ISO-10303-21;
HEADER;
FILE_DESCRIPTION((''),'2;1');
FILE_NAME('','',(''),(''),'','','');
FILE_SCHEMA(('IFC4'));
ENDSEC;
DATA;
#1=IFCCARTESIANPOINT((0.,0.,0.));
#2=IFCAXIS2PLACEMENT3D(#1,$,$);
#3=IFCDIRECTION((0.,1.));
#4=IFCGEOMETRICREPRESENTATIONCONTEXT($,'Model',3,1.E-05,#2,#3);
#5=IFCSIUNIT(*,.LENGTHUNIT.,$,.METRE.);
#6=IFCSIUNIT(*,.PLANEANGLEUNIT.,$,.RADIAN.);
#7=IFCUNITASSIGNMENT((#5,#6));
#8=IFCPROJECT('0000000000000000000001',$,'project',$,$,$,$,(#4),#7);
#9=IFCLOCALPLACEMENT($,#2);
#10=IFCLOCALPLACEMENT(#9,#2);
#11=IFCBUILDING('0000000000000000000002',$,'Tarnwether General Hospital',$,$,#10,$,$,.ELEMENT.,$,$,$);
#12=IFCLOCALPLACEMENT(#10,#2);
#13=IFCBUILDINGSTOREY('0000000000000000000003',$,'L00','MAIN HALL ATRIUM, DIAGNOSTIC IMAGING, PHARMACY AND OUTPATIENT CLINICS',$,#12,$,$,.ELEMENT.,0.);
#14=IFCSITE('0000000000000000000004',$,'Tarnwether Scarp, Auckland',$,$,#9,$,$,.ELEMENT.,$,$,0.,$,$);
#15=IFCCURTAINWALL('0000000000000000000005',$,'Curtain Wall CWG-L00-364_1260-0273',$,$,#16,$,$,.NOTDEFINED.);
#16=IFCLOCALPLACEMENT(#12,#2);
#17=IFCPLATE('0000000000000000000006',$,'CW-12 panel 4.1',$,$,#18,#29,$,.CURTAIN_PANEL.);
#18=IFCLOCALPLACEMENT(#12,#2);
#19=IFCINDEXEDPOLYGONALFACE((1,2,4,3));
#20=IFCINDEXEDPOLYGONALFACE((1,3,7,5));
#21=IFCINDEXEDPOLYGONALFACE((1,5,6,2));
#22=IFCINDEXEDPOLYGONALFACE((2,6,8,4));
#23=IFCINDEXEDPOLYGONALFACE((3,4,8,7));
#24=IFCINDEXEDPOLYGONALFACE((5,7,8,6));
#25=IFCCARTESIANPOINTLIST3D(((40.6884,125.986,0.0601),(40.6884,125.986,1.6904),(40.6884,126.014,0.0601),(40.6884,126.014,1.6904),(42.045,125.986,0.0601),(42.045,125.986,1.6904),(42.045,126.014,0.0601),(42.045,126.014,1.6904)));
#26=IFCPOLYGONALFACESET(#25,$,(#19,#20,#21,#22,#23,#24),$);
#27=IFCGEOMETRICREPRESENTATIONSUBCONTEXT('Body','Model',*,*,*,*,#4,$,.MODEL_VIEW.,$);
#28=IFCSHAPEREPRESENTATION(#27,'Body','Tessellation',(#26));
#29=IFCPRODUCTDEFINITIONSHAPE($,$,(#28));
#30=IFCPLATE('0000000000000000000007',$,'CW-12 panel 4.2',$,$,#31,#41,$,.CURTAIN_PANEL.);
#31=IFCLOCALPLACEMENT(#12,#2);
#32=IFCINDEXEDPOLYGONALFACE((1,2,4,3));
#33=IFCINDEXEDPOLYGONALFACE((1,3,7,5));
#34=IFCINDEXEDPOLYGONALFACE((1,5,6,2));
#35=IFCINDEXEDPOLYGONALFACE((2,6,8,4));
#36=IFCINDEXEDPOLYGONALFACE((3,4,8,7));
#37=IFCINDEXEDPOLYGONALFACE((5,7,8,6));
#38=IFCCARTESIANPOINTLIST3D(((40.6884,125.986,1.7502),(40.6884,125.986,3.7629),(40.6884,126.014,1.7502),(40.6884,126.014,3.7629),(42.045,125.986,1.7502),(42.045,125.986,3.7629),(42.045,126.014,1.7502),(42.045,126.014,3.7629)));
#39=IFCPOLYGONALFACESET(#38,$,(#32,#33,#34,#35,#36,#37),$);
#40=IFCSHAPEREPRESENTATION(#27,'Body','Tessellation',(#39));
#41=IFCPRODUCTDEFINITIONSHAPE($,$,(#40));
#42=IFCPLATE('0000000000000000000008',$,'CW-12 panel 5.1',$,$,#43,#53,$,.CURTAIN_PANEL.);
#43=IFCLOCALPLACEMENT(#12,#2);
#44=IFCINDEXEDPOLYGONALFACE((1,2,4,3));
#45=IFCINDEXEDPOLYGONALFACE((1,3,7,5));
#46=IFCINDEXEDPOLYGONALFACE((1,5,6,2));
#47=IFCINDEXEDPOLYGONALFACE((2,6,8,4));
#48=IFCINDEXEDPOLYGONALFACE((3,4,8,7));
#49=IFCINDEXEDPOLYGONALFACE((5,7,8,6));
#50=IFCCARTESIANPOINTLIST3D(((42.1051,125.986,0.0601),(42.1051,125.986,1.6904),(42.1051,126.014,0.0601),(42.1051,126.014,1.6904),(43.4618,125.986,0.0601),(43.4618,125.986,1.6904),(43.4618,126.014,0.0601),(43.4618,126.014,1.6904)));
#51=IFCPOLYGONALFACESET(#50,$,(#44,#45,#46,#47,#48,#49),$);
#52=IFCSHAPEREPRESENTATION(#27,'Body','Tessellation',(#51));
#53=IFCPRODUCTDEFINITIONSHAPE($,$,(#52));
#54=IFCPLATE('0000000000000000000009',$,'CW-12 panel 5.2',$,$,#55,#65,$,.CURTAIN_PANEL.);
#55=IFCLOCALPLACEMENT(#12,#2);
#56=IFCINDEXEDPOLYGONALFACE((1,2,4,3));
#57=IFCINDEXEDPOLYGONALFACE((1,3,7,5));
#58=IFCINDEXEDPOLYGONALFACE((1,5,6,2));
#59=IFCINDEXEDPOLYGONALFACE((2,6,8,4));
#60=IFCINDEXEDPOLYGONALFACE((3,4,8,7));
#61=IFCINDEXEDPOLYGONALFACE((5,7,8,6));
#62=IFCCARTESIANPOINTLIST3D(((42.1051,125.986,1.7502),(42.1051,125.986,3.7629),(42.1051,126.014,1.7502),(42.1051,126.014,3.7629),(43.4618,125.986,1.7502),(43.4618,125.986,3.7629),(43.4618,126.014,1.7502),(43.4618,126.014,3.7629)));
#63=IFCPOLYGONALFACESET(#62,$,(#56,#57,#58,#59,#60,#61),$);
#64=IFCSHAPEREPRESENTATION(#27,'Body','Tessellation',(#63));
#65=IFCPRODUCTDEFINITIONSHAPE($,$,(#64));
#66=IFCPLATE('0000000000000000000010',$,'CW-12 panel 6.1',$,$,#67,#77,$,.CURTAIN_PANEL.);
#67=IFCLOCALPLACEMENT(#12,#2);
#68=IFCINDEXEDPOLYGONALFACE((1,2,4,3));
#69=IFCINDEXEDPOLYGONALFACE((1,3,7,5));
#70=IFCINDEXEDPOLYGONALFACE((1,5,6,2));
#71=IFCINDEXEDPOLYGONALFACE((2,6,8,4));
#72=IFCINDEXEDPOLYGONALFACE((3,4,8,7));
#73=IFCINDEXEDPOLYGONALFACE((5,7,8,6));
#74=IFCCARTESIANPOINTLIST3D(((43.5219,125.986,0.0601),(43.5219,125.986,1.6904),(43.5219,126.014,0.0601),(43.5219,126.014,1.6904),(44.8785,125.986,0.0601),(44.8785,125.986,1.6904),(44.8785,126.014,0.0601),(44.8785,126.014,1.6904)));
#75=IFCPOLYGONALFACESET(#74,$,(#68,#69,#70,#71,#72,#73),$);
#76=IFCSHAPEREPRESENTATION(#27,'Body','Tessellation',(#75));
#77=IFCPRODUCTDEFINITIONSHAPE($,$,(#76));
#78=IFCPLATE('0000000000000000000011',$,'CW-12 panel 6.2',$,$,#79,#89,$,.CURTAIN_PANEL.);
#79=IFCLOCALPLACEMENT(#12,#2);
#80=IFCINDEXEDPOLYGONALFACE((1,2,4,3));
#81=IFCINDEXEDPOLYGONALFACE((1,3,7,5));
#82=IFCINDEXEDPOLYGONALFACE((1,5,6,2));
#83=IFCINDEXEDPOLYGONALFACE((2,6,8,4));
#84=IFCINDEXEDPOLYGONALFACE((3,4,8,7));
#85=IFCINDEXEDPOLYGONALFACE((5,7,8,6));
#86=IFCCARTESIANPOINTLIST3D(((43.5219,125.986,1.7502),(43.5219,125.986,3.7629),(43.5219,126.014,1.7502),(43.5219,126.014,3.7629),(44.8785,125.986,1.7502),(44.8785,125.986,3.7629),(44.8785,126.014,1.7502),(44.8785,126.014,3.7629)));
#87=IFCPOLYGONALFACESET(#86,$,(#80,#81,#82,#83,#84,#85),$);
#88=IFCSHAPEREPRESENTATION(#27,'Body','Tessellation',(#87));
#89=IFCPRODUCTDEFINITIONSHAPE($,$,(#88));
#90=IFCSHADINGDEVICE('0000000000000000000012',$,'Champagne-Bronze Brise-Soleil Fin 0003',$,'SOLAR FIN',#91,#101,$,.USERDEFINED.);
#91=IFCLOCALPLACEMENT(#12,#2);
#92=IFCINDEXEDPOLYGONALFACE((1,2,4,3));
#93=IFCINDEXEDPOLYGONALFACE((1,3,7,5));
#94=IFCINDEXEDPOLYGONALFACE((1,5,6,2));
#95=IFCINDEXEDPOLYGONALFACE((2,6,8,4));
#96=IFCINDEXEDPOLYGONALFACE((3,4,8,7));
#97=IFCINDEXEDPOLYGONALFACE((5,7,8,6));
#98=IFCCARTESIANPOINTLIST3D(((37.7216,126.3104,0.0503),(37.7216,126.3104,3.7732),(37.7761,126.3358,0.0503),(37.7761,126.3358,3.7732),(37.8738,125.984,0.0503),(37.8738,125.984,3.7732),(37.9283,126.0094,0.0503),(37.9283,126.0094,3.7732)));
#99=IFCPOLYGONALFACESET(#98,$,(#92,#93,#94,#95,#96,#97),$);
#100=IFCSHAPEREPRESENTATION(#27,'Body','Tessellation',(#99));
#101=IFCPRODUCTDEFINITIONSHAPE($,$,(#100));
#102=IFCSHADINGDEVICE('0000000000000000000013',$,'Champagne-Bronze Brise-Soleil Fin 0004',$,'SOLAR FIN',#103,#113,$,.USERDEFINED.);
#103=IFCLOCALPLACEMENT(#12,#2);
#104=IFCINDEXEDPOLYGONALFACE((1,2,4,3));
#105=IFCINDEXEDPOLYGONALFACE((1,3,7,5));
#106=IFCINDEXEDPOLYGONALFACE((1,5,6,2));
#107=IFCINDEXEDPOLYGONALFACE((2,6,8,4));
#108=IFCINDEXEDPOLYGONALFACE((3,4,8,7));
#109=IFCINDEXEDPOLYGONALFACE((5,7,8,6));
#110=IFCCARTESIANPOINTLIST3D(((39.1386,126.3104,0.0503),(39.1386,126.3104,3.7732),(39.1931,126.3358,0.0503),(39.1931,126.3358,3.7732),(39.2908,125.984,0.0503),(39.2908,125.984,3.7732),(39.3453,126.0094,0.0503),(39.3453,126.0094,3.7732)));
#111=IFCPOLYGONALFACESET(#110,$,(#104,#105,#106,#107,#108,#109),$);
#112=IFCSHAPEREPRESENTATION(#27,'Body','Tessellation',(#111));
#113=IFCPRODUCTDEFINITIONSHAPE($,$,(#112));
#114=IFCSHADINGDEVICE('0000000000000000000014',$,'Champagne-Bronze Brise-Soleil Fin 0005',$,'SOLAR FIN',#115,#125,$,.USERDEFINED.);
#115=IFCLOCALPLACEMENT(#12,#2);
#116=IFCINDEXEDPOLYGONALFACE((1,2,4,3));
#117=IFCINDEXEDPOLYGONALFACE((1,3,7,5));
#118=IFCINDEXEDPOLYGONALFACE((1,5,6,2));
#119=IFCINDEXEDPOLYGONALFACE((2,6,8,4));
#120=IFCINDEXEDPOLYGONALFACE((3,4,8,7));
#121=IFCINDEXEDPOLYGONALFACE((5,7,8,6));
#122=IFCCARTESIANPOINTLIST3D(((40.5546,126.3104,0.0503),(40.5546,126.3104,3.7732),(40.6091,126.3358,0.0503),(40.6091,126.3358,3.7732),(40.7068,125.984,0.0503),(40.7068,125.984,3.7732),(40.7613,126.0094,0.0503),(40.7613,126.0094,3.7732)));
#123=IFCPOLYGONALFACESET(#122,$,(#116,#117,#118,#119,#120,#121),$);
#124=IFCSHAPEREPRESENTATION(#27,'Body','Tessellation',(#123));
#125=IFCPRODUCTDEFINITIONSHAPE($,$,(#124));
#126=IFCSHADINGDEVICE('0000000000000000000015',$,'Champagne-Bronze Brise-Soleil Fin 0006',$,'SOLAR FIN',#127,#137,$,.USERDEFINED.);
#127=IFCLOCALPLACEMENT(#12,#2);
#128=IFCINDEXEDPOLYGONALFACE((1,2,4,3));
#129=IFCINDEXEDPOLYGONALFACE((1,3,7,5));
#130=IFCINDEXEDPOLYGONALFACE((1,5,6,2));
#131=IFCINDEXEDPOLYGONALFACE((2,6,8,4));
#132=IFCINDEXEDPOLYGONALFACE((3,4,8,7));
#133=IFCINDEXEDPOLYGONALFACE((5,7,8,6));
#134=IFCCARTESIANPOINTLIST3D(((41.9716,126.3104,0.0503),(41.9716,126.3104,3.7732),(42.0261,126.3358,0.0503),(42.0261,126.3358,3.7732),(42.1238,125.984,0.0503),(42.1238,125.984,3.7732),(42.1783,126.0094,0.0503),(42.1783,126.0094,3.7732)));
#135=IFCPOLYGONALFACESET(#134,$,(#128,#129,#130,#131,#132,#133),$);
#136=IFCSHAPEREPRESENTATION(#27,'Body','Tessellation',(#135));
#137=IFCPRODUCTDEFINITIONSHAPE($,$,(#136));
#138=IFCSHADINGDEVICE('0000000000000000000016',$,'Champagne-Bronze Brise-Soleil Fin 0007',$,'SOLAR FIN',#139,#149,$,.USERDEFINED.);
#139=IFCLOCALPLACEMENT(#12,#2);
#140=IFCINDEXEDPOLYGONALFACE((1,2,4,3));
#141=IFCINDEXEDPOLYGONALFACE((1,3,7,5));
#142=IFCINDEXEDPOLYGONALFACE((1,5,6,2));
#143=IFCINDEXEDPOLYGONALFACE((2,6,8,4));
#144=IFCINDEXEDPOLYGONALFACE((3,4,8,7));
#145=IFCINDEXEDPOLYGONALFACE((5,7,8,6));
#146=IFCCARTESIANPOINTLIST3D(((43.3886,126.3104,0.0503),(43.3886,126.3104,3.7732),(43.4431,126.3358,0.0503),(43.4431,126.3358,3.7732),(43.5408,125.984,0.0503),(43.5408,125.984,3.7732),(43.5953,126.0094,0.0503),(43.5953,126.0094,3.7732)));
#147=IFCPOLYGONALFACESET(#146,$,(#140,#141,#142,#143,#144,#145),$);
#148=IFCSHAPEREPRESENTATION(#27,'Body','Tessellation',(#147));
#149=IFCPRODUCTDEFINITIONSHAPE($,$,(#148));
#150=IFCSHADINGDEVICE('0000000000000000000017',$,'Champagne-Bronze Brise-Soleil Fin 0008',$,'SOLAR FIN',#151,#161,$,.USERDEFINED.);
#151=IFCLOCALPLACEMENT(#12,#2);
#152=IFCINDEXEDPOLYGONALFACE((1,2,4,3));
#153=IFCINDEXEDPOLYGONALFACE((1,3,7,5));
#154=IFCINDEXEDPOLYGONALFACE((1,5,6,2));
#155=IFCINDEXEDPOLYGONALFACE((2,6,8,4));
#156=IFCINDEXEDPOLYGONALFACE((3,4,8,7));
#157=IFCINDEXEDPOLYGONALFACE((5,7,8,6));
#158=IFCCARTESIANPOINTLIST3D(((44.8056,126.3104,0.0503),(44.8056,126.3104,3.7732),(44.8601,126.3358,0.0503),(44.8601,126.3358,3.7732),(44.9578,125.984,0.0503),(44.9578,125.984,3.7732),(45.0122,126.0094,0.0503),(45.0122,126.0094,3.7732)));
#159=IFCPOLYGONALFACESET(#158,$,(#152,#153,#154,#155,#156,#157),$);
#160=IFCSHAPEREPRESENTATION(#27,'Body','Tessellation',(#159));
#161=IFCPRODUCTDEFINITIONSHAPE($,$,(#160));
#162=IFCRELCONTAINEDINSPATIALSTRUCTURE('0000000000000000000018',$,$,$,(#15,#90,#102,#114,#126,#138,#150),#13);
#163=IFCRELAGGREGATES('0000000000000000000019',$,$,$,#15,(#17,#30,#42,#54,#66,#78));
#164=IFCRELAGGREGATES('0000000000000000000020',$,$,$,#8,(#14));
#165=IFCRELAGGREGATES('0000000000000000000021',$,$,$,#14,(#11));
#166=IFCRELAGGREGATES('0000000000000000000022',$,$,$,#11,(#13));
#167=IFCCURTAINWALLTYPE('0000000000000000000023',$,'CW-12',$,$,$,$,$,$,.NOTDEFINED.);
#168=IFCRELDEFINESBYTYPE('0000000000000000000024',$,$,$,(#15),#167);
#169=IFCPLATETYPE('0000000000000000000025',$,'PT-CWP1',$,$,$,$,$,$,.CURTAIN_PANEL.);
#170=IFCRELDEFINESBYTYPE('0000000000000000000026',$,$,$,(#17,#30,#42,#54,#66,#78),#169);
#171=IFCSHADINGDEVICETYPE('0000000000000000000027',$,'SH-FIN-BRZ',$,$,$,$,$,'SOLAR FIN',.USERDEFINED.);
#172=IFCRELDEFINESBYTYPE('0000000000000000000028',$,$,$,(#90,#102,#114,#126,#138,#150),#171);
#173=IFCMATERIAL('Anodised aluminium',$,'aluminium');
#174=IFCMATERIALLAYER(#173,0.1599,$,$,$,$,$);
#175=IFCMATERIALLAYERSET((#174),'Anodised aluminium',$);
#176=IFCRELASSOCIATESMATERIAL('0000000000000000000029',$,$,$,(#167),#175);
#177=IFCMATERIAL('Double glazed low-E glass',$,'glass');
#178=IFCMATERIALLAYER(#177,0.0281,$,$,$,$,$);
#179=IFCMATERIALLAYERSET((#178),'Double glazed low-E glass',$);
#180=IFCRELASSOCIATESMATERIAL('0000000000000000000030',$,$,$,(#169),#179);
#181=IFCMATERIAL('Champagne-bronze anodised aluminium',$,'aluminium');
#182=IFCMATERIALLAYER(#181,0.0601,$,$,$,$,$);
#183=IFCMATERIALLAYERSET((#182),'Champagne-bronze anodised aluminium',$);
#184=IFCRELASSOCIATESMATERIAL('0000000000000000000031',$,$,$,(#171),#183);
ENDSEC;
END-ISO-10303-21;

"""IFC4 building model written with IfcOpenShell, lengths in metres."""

from ifc_helpers import new_model, si_unit, direction, frame, origin, origin_2d, place, context, subcontext, project, spatial, rectangle, extrude, material, layer, layer_set, type_object, element, aggregate, save


model = new_model("IFC4")

# Units and contexts
model_context = context("Model", 3, precision=1e-05, world=origin(), true_north=direction((0.0, 1.0)))
body_context = subcontext(model_context, "Body", "Model", "MODEL_VIEW")
ifc_project = project(units=[si_unit("LENGTHUNIT", "METRE"), si_unit("PLANEANGLEUNIT", "RADIAN")], contexts=[model_context])

# Site, building, storey
site_placement = place(None, origin())
site = spatial("IfcSite", under=ifc_project, at=site_placement, Name="Tarnwether Scarp, Auckland", CompositionType="ELEMENT", RefElevation=0.0)
building_placement = place(site_placement, origin())
building = spatial("IfcBuilding", under=site, at=building_placement, Name="Tarnwether General Hospital", CompositionType="ELEMENT")
storey_placement = place(building_placement, origin())
storey = spatial("IfcBuildingStorey", under=building, at=storey_placement, Name="L00", Description="MAIN HALL ATRIUM, DIAGNOSTIC IMAGING, PHARMACY AND OUTPATIENT CLINICS", CompositionType="ELEMENT", Elevation=0.0)

# Curtain wall, plates
ifc_material_1 = material(Name="Anodised aluminium", Category="aluminium")
ifc_layer_1 = layer(ifc_material_1, 0.1599)
ifc_layer_set_1 = layer_set([ifc_layer_1], Name="Anodised aluminium")
curtain_wall_type = type_object("IfcCurtainWallType", Name="CW-12", PredefinedType="NOTDEFINED", material=ifc_layer_set_1)
curtain_wall_placement = place(storey_placement, origin())
curtain_wall = element("IfcCurtainWall", 1, at=curtain_wall_placement, inside=storey, type_object=curtain_wall_type, Name="Curtain Wall CWG-L00-364_1260-0273", PredefinedType="NOTDEFINED")
ifc_material_2 = material(Name="Double glazed low-E glass", Category="glass")
ifc_layer_2 = layer(ifc_material_2, 0.0281)
ifc_layer_set_2 = layer_set([ifc_layer_2], Name="Double glazed low-E glass")
plate_type = type_object("IfcPlateType", Name="PT-CWP1", PredefinedType="CURTAIN_PANEL", material=ifc_layer_set_2)
plate_1_placement = place(storey_placement, frame((41.3667, 126.0, 0.0601), z_axis=(0.0, 0.0, 1.0), x_axis=(1.0, 0.0, 0.0)))
plate_1 = element("IfcPlate", 2, at=plate_1_placement, type_object=plate_type, Name="CW-12 panel 4.1", PredefinedType="CURTAIN_PANEL", context=body_context, shape_type="SweptSolid", body=[
    extrude(rectangle(XDim=1.3567, YDim=0.0281, at=origin_2d()), origin(), (0.0, 0.0, 1.0), 1.6304),
])
plate_2_placement = place(storey_placement, frame((41.3667, 126.0, 1.7502), z_axis=(0.0, 0.0, 1.0), x_axis=(1.0, 0.0, 0.0)))
plate_2 = element("IfcPlate", 3, at=plate_2_placement, type_object=plate_type, Name="CW-12 panel 4.2", PredefinedType="CURTAIN_PANEL", context=body_context, shape_type="SweptSolid", body=[
    extrude(rectangle(XDim=1.3567, YDim=0.0281, at=origin_2d()), origin(), (0.0, 0.0, 1.0), 2.0127),
])
plate_3_placement = place(storey_placement, frame((42.7834, 126.0, 0.0601), z_axis=(0.0, 0.0, 1.0), x_axis=(1.0, 0.0, 0.0)))
plate_3 = element("IfcPlate", 4, at=plate_3_placement, type_object=plate_type, Name="CW-12 panel 5.1", PredefinedType="CURTAIN_PANEL", context=body_context, shape_type="SweptSolid", body=[
    extrude(rectangle(XDim=1.3567, YDim=0.0281, at=origin_2d()), origin(), (0.0, 0.0, 1.0), 1.6304),
])
plate_4_placement = place(storey_placement, frame((42.7834, 126.0, 1.7502), z_axis=(0.0, 0.0, 1.0), x_axis=(1.0, 0.0, 0.0)))
plate_4 = element("IfcPlate", 5, at=plate_4_placement, type_object=plate_type, Name="CW-12 panel 5.2", PredefinedType="CURTAIN_PANEL", context=body_context, shape_type="SweptSolid", body=[
    extrude(rectangle(XDim=1.3567, YDim=0.0281, at=origin_2d()), origin(), (0.0, 0.0, 1.0), 2.0127),
])
plate_5_placement = place(storey_placement, frame((44.2002, 126.0, 0.0601), z_axis=(0.0, 0.0, 1.0), x_axis=(1.0, 0.0, 0.0)))
plate_5 = element("IfcPlate", 6, at=plate_5_placement, type_object=plate_type, Name="CW-12 panel 6.1", PredefinedType="CURTAIN_PANEL", context=body_context, shape_type="SweptSolid", body=[
    extrude(rectangle(XDim=1.3567, YDim=0.0281, at=origin_2d()), origin(), (0.0, 0.0, 1.0), 1.6304),
])
plate_6_placement = place(storey_placement, frame((44.2002, 126.0, 1.7502), z_axis=(0.0, 0.0, 1.0), x_axis=(1.0, 0.0, 0.0)))
plate_6 = element("IfcPlate", 7, at=plate_6_placement, type_object=plate_type, Name="CW-12 panel 6.2", PredefinedType="CURTAIN_PANEL", context=body_context, shape_type="SweptSolid", body=[
    extrude(rectangle(XDim=1.3567, YDim=0.0281, at=origin_2d()), origin(), (0.0, 0.0, 1.0), 2.0127),
])
aggregate(curtain_wall, [plate_1, plate_2, plate_3, plate_4, plate_5, plate_6])

# Shading devices
ifc_material_3 = material(Name="Champagne-bronze anodised aluminium", Category="aluminium")
ifc_layer_3 = layer(ifc_material_3, 0.0601)
ifc_layer_set_3 = layer_set([ifc_layer_3], Name="Champagne-bronze anodised aluminium")
shading_device_type = type_object("IfcShadingDeviceType", Name="SH-FIN-BRZ", ElementType="SOLAR FIN", PredefinedType="USERDEFINED", material=ifc_layer_set_3)
for number, where, z_axis, x_axis, name in (
    (8, (37.825, 126.1599, 0.0503), (0.0, 0.0, 1.0), (0.906308, 0.422618, 0.0), "Champagne-Bronze Brise-Soleil Fin 0003"),
    (9, (39.2419, 126.1599, 0.0503), (0.0, 0.0, 1.0), (0.906308, 0.422618, 0.0), "Champagne-Bronze Brise-Soleil Fin 0004"),
    (10, (40.658, 126.1599, 0.0503), (0.0, 0.0, 1.0), (0.906308, 0.422618, 0.0), "Champagne-Bronze Brise-Soleil Fin 0005"),
    (11, (42.075, 126.1599, 0.0503), (0.0, 0.0, 1.0), (0.906308, 0.422618, 0.0), "Champagne-Bronze Brise-Soleil Fin 0006"),
    (12, (43.4919, 126.1599, 0.0503), (0.0, 0.0, 1.0), (0.906308, 0.422618, 0.0), "Champagne-Bronze Brise-Soleil Fin 0007"),
    (13, (44.9089, 126.1599, 0.0503), (0.0, 0.0, 1.0), (0.906308, 0.422618, 0.0), "Champagne-Bronze Brise-Soleil Fin 0008"),
):
    element("IfcShadingDevice", number, at=place(storey_placement, frame(where, z_axis=z_axis, x_axis=x_axis)), inside=storey, type_object=shading_device_type, Name=name, ObjectType="SOLAR FIN", PredefinedType="USERDEFINED", context=body_context, shape_type="SweptSolid", body=[
        extrude(rectangle(XDim=0.0601, YDim=0.3601, at=origin_2d()), origin(), (0.0, 0.0, 1.0), 3.7229),
    ])

save(model, "model.ifc")
